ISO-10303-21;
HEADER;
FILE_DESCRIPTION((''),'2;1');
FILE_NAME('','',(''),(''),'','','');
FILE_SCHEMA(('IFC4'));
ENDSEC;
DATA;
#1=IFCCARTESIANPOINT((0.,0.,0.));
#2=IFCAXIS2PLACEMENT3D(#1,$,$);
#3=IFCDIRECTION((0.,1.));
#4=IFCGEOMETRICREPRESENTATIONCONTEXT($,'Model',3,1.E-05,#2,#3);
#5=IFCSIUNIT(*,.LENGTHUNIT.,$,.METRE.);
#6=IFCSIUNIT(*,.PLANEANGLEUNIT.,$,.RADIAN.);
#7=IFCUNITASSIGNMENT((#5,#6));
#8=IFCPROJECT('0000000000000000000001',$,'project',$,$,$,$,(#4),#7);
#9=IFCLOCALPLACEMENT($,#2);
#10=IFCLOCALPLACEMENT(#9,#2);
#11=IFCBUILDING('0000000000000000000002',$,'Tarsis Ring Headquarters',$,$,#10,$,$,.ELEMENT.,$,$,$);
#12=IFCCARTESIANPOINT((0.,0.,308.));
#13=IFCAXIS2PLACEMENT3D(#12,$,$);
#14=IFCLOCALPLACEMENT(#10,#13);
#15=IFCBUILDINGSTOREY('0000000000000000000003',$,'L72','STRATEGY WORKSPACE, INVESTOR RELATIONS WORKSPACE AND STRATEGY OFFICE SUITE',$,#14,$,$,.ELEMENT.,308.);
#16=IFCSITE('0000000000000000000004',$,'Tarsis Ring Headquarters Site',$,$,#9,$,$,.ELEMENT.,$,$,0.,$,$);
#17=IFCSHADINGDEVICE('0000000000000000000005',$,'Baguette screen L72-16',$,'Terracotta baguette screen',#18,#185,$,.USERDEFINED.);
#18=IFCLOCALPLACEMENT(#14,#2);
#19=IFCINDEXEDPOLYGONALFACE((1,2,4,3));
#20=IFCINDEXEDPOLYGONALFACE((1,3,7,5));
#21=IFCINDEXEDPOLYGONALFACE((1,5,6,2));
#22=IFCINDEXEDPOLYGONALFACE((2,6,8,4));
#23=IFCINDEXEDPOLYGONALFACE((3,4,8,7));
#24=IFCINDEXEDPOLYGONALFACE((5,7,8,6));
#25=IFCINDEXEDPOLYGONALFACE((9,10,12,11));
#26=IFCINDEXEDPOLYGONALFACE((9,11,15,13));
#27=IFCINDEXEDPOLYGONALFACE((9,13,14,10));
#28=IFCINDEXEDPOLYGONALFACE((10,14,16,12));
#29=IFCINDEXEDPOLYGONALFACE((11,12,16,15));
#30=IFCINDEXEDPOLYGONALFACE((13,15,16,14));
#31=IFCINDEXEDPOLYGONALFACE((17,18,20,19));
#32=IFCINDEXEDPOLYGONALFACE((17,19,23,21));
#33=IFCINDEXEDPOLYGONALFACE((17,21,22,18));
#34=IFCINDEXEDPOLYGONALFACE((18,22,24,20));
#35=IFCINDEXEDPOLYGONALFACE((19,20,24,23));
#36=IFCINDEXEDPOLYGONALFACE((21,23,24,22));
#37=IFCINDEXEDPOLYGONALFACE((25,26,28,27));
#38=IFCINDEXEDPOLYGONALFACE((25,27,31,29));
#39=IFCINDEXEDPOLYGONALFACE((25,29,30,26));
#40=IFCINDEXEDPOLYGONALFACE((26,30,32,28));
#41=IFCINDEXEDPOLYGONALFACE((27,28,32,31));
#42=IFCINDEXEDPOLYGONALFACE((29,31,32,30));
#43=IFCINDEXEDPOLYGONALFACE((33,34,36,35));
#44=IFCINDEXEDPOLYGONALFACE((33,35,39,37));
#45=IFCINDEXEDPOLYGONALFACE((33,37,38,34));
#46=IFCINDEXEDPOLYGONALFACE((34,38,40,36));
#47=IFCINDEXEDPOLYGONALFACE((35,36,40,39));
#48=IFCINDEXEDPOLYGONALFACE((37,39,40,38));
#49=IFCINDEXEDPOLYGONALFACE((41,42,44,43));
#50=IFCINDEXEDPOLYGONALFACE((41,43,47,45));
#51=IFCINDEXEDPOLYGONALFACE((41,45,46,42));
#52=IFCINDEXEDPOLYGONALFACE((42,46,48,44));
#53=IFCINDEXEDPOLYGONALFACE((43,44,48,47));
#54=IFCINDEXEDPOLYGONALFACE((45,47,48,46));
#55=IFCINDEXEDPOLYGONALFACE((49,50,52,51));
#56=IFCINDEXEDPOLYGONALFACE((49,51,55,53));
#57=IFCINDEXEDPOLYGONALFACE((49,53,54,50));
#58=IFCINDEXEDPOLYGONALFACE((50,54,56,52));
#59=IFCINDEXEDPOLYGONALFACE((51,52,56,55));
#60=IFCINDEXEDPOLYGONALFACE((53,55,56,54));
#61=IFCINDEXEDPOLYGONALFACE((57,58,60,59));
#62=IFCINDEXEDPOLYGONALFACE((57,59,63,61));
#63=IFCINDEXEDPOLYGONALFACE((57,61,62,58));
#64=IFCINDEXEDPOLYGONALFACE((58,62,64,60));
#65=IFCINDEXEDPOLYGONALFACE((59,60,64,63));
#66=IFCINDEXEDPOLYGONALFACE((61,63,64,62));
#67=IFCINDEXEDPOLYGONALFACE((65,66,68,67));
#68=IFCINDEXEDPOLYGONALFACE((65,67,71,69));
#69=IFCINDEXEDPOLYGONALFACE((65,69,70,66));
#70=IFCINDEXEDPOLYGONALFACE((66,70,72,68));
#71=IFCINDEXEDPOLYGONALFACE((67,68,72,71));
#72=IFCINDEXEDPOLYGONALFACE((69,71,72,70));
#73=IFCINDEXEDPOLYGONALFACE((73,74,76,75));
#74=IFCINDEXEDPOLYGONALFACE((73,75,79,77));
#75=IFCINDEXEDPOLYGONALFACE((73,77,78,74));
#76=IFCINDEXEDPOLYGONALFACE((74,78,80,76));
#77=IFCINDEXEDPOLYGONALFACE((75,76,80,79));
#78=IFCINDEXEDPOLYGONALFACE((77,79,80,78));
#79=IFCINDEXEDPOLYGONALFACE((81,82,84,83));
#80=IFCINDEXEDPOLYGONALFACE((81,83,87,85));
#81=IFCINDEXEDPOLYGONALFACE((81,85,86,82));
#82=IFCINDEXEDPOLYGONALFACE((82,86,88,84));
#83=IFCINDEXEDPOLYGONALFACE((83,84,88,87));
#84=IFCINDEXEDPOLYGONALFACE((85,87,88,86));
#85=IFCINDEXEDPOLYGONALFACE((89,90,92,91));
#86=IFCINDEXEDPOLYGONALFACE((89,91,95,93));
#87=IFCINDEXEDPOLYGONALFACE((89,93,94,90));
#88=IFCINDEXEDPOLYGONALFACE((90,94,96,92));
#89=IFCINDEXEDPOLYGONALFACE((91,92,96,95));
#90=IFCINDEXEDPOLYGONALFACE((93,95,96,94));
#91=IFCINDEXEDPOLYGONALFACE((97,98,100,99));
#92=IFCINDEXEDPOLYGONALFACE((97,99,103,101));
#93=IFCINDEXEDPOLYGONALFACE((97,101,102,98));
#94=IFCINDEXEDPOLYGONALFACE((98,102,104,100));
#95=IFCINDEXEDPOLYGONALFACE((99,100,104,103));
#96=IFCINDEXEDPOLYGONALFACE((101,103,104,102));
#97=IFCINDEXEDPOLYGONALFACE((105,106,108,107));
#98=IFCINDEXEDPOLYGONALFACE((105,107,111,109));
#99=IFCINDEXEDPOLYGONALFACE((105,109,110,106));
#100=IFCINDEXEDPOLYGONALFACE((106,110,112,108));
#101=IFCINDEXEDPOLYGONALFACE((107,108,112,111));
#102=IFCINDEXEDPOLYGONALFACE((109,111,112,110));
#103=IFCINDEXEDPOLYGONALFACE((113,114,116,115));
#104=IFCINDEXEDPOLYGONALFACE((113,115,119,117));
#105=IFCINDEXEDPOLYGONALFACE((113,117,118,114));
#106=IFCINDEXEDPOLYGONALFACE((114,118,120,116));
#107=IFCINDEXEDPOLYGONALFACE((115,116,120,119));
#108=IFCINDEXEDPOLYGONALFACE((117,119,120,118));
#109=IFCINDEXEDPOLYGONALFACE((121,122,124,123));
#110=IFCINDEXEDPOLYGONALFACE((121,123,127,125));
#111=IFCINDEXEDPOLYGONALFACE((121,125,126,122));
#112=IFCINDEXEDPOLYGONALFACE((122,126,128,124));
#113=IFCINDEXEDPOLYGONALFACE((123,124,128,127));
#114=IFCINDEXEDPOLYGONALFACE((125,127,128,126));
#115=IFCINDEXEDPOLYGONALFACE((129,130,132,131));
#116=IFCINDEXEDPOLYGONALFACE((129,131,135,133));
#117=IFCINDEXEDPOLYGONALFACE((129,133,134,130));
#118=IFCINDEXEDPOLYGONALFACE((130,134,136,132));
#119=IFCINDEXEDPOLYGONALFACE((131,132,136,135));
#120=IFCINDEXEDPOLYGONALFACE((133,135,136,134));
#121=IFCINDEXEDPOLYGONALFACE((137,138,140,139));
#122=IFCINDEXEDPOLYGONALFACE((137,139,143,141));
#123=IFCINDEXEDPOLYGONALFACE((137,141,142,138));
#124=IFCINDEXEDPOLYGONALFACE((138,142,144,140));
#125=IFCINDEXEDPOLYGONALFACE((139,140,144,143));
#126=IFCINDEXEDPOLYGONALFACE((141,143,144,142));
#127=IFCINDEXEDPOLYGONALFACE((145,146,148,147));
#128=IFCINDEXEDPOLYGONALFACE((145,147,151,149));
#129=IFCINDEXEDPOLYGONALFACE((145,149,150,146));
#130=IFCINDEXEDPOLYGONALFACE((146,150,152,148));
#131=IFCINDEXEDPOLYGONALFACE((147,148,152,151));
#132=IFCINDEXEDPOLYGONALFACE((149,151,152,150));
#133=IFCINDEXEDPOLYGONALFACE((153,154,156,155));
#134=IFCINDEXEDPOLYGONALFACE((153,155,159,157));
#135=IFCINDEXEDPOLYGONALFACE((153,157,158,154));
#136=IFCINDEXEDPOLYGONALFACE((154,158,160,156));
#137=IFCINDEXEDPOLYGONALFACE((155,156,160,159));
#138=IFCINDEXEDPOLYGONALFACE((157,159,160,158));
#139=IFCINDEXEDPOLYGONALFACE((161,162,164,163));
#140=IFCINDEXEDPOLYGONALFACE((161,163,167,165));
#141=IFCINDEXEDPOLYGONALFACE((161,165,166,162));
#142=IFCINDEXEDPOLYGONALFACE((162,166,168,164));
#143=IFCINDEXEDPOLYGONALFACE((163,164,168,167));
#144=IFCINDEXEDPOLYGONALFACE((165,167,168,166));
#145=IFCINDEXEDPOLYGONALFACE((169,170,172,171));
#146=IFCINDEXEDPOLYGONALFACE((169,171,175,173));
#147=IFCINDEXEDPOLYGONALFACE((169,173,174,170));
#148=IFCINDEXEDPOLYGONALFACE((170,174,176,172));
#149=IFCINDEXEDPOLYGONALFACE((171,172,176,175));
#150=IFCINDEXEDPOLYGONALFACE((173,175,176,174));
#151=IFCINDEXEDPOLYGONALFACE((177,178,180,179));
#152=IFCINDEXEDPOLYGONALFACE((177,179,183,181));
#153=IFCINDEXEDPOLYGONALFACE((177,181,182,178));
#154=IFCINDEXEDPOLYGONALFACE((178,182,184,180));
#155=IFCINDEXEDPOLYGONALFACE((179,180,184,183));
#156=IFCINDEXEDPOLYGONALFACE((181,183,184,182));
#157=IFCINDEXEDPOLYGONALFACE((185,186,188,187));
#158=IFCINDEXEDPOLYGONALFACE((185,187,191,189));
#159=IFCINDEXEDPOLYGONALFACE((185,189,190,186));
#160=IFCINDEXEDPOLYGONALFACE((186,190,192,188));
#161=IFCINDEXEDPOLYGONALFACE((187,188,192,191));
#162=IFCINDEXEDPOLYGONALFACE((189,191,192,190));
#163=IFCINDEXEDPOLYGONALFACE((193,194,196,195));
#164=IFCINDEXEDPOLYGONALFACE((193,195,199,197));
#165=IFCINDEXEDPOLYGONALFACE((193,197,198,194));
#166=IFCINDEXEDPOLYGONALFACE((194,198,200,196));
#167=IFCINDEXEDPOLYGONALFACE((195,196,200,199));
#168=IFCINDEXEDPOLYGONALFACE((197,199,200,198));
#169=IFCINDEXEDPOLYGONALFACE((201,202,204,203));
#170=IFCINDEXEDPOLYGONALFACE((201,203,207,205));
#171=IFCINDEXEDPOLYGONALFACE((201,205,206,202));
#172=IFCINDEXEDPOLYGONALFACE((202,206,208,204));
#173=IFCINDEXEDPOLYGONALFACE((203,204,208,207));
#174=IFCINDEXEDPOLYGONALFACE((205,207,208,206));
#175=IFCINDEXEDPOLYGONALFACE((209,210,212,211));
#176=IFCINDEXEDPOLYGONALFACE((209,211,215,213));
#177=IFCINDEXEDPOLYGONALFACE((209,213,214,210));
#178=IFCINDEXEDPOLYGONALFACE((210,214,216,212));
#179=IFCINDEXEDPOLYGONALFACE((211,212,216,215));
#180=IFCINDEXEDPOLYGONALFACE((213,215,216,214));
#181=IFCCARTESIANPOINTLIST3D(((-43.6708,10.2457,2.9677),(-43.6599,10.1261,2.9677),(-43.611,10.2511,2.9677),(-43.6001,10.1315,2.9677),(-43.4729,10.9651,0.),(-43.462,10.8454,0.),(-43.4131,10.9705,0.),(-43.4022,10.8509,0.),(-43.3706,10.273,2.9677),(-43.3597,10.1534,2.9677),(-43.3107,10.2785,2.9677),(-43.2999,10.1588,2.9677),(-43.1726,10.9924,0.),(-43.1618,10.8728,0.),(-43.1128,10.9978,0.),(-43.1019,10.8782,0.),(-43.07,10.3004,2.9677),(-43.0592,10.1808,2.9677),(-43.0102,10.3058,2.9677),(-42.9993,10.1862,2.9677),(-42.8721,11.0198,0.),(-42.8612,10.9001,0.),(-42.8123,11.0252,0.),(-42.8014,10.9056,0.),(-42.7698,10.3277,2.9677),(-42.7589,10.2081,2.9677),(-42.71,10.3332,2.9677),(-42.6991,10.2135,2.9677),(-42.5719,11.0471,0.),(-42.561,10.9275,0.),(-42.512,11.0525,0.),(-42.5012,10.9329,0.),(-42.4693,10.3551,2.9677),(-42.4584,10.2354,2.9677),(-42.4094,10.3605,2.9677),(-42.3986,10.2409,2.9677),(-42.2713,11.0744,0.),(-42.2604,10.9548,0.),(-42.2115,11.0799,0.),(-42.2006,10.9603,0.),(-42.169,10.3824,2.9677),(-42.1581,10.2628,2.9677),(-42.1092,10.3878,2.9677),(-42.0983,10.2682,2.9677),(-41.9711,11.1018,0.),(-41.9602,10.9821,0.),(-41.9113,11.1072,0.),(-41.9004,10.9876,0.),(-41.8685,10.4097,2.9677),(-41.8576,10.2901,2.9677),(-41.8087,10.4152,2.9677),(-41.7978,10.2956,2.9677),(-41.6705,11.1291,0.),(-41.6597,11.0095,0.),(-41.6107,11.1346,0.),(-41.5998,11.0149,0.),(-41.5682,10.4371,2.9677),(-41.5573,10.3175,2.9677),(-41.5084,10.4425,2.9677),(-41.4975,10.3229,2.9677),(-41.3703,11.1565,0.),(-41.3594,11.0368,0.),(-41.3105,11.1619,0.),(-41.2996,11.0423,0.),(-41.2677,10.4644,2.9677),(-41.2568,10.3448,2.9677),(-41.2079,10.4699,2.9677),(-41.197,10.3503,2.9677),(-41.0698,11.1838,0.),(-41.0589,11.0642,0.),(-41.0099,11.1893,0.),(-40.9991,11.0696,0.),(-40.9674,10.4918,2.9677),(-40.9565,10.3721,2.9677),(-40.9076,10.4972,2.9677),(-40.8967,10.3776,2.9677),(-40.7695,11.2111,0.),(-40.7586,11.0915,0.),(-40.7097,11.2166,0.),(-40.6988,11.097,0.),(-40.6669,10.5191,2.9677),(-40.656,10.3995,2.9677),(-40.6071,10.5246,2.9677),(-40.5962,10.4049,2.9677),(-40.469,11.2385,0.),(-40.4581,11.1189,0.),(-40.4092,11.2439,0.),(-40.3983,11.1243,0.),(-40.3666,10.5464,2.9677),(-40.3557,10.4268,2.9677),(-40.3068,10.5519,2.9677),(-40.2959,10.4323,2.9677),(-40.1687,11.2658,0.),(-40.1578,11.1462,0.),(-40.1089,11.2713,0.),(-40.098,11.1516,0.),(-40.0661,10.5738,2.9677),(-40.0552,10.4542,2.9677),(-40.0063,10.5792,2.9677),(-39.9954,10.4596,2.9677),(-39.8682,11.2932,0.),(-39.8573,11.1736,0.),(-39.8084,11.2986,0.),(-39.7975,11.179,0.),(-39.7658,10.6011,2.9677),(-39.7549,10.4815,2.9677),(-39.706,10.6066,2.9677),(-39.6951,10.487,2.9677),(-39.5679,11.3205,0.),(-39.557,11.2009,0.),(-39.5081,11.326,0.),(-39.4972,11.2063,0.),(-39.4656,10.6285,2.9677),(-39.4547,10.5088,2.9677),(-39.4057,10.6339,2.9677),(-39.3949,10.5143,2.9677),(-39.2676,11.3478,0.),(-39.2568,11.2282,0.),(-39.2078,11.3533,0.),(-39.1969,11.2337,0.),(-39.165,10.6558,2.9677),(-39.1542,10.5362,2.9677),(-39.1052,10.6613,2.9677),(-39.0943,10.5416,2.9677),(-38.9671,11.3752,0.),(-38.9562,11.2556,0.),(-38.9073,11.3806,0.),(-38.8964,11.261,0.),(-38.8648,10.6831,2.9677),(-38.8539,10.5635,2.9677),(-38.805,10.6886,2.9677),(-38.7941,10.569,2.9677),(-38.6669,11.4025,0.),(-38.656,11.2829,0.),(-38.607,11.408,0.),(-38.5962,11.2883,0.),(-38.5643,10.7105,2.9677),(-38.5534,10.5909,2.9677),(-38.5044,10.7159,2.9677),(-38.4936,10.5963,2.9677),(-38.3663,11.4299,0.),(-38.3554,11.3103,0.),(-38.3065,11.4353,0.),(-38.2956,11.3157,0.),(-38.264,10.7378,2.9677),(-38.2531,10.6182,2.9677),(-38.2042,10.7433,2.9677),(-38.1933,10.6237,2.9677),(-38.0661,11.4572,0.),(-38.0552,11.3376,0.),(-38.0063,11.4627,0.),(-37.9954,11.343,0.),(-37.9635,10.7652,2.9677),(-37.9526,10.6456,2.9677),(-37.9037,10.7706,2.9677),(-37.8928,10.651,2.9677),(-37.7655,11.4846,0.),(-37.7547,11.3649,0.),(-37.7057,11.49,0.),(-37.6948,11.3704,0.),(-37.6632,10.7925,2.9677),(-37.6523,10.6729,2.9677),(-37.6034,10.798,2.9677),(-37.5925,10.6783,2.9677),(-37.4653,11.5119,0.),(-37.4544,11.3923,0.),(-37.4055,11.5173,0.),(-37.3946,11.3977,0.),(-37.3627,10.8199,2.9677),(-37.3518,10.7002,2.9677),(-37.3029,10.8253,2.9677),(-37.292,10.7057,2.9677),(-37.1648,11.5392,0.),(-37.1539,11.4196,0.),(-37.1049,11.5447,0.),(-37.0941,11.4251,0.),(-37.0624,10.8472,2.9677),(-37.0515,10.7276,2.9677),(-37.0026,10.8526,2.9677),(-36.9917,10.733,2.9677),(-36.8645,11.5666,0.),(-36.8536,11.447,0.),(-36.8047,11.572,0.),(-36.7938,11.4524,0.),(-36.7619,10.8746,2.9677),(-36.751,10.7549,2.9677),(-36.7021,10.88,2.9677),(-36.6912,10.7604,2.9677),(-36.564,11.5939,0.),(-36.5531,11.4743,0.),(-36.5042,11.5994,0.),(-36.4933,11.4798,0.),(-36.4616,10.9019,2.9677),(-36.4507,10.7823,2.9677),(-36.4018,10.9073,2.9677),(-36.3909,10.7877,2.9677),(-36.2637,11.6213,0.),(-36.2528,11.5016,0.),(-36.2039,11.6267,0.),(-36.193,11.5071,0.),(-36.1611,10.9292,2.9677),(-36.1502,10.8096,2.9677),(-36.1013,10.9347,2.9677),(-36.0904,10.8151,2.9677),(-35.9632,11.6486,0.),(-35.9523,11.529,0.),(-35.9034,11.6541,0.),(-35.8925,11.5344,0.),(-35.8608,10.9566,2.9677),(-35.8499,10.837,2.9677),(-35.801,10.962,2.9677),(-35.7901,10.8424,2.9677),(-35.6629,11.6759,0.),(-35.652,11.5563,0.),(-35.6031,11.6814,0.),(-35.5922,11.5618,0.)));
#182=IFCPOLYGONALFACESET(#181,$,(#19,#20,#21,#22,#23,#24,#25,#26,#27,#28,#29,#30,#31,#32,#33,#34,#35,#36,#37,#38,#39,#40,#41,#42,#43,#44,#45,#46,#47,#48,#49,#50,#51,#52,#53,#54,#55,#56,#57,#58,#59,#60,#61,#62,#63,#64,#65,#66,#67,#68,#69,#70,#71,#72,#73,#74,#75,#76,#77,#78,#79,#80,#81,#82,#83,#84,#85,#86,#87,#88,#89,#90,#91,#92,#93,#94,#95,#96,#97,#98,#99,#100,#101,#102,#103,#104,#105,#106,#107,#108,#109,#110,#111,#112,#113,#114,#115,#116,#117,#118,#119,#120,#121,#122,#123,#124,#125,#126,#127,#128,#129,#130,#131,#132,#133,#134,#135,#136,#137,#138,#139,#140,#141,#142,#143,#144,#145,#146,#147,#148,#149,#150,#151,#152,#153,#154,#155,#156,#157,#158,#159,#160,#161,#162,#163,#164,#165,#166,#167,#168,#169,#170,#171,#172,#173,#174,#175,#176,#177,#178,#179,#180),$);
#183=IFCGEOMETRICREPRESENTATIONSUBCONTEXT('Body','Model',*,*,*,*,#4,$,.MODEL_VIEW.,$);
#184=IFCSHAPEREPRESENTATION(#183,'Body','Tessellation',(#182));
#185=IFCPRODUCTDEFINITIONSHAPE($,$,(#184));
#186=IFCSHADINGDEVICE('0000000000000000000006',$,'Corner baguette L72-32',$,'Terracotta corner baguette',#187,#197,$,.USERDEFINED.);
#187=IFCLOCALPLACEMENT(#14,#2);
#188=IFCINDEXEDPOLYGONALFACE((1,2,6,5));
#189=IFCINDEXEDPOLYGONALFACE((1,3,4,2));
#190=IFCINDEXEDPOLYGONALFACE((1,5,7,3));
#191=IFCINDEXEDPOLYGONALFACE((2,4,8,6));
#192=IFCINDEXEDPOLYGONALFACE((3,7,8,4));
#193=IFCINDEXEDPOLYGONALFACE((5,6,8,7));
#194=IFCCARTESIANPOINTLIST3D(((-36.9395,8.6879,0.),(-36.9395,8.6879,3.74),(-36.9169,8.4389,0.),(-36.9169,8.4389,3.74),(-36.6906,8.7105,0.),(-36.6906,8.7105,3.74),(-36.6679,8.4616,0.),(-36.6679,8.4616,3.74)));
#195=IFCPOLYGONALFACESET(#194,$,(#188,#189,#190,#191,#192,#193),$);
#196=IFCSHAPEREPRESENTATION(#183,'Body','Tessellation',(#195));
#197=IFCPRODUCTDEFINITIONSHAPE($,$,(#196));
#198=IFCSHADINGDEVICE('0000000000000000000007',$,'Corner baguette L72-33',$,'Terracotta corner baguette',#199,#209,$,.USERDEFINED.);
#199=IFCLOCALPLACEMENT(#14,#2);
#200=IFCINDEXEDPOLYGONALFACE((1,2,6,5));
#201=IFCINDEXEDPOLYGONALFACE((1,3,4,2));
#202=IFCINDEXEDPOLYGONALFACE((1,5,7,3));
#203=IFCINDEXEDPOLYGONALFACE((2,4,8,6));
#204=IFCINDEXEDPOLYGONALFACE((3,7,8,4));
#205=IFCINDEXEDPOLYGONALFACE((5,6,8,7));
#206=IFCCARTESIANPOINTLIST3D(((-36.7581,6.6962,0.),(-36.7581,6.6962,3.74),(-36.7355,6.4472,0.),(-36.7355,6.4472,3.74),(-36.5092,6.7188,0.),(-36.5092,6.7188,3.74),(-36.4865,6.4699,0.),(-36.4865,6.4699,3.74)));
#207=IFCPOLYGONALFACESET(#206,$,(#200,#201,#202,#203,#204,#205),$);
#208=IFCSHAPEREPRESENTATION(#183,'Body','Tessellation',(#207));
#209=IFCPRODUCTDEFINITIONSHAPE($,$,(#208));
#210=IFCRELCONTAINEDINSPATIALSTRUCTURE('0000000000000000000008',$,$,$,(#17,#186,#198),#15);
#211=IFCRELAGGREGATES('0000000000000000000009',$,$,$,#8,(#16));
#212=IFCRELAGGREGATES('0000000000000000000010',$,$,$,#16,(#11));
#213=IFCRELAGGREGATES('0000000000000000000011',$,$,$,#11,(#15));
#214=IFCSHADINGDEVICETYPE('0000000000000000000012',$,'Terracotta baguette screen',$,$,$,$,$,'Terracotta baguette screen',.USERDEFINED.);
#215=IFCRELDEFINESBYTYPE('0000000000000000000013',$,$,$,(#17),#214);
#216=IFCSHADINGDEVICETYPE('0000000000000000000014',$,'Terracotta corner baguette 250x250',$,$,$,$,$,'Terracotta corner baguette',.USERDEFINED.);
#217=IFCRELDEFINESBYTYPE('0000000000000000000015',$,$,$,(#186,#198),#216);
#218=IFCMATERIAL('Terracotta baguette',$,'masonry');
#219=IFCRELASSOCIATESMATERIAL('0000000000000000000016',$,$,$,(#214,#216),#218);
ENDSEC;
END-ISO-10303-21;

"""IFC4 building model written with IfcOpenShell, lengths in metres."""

from ifc_helpers import new_model, si_unit, direction, frame, frame_2d, origin, origin_2d, place, context, subcontext, project, spatial, rectangle, composite_profile, extrude, material, type_object, element, save


model = new_model("IFC4")

# Units and contexts
model_context = context("Model", 3, precision=1e-05, world=origin(), true_north=direction((0.0, 1.0)))
body_context = subcontext(model_context, "Body", "Model", "MODEL_VIEW")
ifc_project = project(units=[si_unit("LENGTHUNIT", "METRE"), si_unit("PLANEANGLEUNIT", "RADIAN")], contexts=[model_context])

# Site, building, storey
site_placement = place(None, origin())
site = spatial("IfcSite", under=ifc_project, at=site_placement, Name="Tarsis Ring Headquarters Site", CompositionType="ELEMENT", RefElevation=0.0)
building_placement = place(site_placement, origin())
building = spatial("IfcBuilding", under=site, at=building_placement, Name="Tarsis Ring Headquarters", CompositionType="ELEMENT")
storey_placement = place(building_placement, frame((0.0, 0.0, 308.0)))
storey = spatial("IfcBuildingStorey", under=building, at=storey_placement, Name="L72", Description="STRATEGY WORKSPACE, INVESTOR RELATIONS WORKSPACE AND STRATEGY OFFICE SUITE", CompositionType="ELEMENT", Elevation=308.0)

# Shading devices
ifc_material_1 = material(Name="Terracotta baguette", Category="masonry")
shading_device_type_1 = type_object("IfcShadingDeviceType", Name="Terracotta baguette screen", ElementType="Terracotta baguette screen", PredefinedType="USERDEFINED", material=ifc_material_1)
shading_device_1_placement = place(storey_placement, frame((-35.5977, 11.6216, 0.0), z_axis=(0.0, 0.0, 1.0), x_axis=(-0.995891, -0.090648, 0.0)))
element("IfcShadingDevice", 1, at=shading_device_1_placement, inside=storey, type_object=shading_device_type_1, Name="Baguette screen L72-16", ObjectType="Terracotta baguette screen", PredefinedType="USERDEFINED", context=body_context, shape_type="SweptSolid", body=[
    extrude(composite_profile([rectangle(XDim=0.0601, YDim=0.1201, at=frame_2d((0.03, 0.0))), rectangle(XDim=0.0601, YDim=0.1201, at=frame_2d((0.3315, 0.0))), rectangle(XDim=0.0601, YDim=0.1201, at=frame_2d((0.6333, 0.0))), rectangle(XDim=0.0601, YDim=0.1201, at=frame_2d((0.9348, 0.0))), rectangle(XDim=0.0601, YDim=0.1201, at=frame_2d((1.2366, 0.0))), rectangle(XDim=0.0601, YDim=0.1201, at=frame_2d((1.5381, 0.0))), rectangle(XDim=0.0601, YDim=0.1201, at=frame_2d((1.8398, 0.0))), rectangle(XDim=0.0601, YDim=0.1201, at=frame_2d((2.1414, 0.0))), rectangle(XDim=0.0601, YDim=0.1201, at=frame_2d((2.4431, 0.0))), rectangle(XDim=0.0601, YDim=0.1201, at=frame_2d((2.7446, 0.0))), rectangle(XDim=0.0601, YDim=0.1201, at=frame_2d((3.0464, 0.0))), rectangle(XDim=0.0601, YDim=0.1201, at=frame_2d((3.3479, 0.0))), rectangle(XDim=0.0601, YDim=0.1201, at=frame_2d((3.6497, 0.0))), rectangle(XDim=0.0601, YDim=0.1201, at=frame_2d((3.9512, 0.0))), rectangle(XDim=0.0601, YDim=0.1201, at=frame_2d((4.2527, 0.0))), rectangle(XDim=0.0601, YDim=0.1201, at=frame_2d((4.5544, 0.0))), rectangle(XDim=0.0601, YDim=0.1201, at=frame_2d((4.856, 0.0))), rectangle(XDim=0.0601, YDim=0.1201, at=frame_2d((5.1577, 0.0))), rectangle(XDim=0.0601, YDim=0.1201, at=frame_2d((5.4592, 0.0))), rectangle(XDim=0.0601, YDim=0.1201, at=frame_2d((5.761, 0.0))), rectangle(XDim=0.0601, YDim=0.1201, at=frame_2d((6.0625, 0.0))), rectangle(XDim=0.0601, YDim=0.1201, at=frame_2d((6.3643, 0.0))), rectangle(XDim=0.0601, YDim=0.1201, at=frame_2d((6.6658, 0.0))), rectangle(XDim=0.0601, YDim=0.1201, at=frame_2d((6.9675, 0.0))), rectangle(XDim=0.0601, YDim=0.1201, at=frame_2d((7.269, 0.0))), rectangle(XDim=0.0601, YDim=0.1201, at=frame_2d((7.5708, 0.0))), rectangle(XDim=0.0601, YDim=0.1201, at=frame_2d((7.8723, 0.0)))]), origin(), (0.085722, 0.228255, 0.96982), 3.0601),
])
shading_device_type_2 = type_object("IfcShadingDeviceType", Name="Terracotta corner baguette 250x250", ElementType="Terracotta corner baguette", PredefinedType="USERDEFINED", material=ifc_material_1)
for number, where, z_axis, x_axis, name in (
    (2, (-36.8037, 8.5747, 0.0), (0.0, 0.0, 1.0), (-0.995884, -0.090633, 0.0), "Corner baguette L72-32"),
    (3, (-36.6223, 6.583, 0.0), (0.0, 0.0, 1.0), (0.090632, -0.995884, 0.0), "Corner baguette L72-33"),
):
    element("IfcShadingDevice", number, at=place(storey_placement, frame(where, z_axis=z_axis, x_axis=x_axis)), inside=storey, type_object=shading_device_type_2, Name=name, ObjectType="Terracotta corner baguette", PredefinedType="USERDEFINED", context=body_context, shape_type="SweptSolid", body=[
        extrude(rectangle(XDim=0.25, YDim=0.25, at=origin_2d()), origin(), (0.0, 0.0, 1.0), 3.74),
    ])

save(model, "model.ifc")
